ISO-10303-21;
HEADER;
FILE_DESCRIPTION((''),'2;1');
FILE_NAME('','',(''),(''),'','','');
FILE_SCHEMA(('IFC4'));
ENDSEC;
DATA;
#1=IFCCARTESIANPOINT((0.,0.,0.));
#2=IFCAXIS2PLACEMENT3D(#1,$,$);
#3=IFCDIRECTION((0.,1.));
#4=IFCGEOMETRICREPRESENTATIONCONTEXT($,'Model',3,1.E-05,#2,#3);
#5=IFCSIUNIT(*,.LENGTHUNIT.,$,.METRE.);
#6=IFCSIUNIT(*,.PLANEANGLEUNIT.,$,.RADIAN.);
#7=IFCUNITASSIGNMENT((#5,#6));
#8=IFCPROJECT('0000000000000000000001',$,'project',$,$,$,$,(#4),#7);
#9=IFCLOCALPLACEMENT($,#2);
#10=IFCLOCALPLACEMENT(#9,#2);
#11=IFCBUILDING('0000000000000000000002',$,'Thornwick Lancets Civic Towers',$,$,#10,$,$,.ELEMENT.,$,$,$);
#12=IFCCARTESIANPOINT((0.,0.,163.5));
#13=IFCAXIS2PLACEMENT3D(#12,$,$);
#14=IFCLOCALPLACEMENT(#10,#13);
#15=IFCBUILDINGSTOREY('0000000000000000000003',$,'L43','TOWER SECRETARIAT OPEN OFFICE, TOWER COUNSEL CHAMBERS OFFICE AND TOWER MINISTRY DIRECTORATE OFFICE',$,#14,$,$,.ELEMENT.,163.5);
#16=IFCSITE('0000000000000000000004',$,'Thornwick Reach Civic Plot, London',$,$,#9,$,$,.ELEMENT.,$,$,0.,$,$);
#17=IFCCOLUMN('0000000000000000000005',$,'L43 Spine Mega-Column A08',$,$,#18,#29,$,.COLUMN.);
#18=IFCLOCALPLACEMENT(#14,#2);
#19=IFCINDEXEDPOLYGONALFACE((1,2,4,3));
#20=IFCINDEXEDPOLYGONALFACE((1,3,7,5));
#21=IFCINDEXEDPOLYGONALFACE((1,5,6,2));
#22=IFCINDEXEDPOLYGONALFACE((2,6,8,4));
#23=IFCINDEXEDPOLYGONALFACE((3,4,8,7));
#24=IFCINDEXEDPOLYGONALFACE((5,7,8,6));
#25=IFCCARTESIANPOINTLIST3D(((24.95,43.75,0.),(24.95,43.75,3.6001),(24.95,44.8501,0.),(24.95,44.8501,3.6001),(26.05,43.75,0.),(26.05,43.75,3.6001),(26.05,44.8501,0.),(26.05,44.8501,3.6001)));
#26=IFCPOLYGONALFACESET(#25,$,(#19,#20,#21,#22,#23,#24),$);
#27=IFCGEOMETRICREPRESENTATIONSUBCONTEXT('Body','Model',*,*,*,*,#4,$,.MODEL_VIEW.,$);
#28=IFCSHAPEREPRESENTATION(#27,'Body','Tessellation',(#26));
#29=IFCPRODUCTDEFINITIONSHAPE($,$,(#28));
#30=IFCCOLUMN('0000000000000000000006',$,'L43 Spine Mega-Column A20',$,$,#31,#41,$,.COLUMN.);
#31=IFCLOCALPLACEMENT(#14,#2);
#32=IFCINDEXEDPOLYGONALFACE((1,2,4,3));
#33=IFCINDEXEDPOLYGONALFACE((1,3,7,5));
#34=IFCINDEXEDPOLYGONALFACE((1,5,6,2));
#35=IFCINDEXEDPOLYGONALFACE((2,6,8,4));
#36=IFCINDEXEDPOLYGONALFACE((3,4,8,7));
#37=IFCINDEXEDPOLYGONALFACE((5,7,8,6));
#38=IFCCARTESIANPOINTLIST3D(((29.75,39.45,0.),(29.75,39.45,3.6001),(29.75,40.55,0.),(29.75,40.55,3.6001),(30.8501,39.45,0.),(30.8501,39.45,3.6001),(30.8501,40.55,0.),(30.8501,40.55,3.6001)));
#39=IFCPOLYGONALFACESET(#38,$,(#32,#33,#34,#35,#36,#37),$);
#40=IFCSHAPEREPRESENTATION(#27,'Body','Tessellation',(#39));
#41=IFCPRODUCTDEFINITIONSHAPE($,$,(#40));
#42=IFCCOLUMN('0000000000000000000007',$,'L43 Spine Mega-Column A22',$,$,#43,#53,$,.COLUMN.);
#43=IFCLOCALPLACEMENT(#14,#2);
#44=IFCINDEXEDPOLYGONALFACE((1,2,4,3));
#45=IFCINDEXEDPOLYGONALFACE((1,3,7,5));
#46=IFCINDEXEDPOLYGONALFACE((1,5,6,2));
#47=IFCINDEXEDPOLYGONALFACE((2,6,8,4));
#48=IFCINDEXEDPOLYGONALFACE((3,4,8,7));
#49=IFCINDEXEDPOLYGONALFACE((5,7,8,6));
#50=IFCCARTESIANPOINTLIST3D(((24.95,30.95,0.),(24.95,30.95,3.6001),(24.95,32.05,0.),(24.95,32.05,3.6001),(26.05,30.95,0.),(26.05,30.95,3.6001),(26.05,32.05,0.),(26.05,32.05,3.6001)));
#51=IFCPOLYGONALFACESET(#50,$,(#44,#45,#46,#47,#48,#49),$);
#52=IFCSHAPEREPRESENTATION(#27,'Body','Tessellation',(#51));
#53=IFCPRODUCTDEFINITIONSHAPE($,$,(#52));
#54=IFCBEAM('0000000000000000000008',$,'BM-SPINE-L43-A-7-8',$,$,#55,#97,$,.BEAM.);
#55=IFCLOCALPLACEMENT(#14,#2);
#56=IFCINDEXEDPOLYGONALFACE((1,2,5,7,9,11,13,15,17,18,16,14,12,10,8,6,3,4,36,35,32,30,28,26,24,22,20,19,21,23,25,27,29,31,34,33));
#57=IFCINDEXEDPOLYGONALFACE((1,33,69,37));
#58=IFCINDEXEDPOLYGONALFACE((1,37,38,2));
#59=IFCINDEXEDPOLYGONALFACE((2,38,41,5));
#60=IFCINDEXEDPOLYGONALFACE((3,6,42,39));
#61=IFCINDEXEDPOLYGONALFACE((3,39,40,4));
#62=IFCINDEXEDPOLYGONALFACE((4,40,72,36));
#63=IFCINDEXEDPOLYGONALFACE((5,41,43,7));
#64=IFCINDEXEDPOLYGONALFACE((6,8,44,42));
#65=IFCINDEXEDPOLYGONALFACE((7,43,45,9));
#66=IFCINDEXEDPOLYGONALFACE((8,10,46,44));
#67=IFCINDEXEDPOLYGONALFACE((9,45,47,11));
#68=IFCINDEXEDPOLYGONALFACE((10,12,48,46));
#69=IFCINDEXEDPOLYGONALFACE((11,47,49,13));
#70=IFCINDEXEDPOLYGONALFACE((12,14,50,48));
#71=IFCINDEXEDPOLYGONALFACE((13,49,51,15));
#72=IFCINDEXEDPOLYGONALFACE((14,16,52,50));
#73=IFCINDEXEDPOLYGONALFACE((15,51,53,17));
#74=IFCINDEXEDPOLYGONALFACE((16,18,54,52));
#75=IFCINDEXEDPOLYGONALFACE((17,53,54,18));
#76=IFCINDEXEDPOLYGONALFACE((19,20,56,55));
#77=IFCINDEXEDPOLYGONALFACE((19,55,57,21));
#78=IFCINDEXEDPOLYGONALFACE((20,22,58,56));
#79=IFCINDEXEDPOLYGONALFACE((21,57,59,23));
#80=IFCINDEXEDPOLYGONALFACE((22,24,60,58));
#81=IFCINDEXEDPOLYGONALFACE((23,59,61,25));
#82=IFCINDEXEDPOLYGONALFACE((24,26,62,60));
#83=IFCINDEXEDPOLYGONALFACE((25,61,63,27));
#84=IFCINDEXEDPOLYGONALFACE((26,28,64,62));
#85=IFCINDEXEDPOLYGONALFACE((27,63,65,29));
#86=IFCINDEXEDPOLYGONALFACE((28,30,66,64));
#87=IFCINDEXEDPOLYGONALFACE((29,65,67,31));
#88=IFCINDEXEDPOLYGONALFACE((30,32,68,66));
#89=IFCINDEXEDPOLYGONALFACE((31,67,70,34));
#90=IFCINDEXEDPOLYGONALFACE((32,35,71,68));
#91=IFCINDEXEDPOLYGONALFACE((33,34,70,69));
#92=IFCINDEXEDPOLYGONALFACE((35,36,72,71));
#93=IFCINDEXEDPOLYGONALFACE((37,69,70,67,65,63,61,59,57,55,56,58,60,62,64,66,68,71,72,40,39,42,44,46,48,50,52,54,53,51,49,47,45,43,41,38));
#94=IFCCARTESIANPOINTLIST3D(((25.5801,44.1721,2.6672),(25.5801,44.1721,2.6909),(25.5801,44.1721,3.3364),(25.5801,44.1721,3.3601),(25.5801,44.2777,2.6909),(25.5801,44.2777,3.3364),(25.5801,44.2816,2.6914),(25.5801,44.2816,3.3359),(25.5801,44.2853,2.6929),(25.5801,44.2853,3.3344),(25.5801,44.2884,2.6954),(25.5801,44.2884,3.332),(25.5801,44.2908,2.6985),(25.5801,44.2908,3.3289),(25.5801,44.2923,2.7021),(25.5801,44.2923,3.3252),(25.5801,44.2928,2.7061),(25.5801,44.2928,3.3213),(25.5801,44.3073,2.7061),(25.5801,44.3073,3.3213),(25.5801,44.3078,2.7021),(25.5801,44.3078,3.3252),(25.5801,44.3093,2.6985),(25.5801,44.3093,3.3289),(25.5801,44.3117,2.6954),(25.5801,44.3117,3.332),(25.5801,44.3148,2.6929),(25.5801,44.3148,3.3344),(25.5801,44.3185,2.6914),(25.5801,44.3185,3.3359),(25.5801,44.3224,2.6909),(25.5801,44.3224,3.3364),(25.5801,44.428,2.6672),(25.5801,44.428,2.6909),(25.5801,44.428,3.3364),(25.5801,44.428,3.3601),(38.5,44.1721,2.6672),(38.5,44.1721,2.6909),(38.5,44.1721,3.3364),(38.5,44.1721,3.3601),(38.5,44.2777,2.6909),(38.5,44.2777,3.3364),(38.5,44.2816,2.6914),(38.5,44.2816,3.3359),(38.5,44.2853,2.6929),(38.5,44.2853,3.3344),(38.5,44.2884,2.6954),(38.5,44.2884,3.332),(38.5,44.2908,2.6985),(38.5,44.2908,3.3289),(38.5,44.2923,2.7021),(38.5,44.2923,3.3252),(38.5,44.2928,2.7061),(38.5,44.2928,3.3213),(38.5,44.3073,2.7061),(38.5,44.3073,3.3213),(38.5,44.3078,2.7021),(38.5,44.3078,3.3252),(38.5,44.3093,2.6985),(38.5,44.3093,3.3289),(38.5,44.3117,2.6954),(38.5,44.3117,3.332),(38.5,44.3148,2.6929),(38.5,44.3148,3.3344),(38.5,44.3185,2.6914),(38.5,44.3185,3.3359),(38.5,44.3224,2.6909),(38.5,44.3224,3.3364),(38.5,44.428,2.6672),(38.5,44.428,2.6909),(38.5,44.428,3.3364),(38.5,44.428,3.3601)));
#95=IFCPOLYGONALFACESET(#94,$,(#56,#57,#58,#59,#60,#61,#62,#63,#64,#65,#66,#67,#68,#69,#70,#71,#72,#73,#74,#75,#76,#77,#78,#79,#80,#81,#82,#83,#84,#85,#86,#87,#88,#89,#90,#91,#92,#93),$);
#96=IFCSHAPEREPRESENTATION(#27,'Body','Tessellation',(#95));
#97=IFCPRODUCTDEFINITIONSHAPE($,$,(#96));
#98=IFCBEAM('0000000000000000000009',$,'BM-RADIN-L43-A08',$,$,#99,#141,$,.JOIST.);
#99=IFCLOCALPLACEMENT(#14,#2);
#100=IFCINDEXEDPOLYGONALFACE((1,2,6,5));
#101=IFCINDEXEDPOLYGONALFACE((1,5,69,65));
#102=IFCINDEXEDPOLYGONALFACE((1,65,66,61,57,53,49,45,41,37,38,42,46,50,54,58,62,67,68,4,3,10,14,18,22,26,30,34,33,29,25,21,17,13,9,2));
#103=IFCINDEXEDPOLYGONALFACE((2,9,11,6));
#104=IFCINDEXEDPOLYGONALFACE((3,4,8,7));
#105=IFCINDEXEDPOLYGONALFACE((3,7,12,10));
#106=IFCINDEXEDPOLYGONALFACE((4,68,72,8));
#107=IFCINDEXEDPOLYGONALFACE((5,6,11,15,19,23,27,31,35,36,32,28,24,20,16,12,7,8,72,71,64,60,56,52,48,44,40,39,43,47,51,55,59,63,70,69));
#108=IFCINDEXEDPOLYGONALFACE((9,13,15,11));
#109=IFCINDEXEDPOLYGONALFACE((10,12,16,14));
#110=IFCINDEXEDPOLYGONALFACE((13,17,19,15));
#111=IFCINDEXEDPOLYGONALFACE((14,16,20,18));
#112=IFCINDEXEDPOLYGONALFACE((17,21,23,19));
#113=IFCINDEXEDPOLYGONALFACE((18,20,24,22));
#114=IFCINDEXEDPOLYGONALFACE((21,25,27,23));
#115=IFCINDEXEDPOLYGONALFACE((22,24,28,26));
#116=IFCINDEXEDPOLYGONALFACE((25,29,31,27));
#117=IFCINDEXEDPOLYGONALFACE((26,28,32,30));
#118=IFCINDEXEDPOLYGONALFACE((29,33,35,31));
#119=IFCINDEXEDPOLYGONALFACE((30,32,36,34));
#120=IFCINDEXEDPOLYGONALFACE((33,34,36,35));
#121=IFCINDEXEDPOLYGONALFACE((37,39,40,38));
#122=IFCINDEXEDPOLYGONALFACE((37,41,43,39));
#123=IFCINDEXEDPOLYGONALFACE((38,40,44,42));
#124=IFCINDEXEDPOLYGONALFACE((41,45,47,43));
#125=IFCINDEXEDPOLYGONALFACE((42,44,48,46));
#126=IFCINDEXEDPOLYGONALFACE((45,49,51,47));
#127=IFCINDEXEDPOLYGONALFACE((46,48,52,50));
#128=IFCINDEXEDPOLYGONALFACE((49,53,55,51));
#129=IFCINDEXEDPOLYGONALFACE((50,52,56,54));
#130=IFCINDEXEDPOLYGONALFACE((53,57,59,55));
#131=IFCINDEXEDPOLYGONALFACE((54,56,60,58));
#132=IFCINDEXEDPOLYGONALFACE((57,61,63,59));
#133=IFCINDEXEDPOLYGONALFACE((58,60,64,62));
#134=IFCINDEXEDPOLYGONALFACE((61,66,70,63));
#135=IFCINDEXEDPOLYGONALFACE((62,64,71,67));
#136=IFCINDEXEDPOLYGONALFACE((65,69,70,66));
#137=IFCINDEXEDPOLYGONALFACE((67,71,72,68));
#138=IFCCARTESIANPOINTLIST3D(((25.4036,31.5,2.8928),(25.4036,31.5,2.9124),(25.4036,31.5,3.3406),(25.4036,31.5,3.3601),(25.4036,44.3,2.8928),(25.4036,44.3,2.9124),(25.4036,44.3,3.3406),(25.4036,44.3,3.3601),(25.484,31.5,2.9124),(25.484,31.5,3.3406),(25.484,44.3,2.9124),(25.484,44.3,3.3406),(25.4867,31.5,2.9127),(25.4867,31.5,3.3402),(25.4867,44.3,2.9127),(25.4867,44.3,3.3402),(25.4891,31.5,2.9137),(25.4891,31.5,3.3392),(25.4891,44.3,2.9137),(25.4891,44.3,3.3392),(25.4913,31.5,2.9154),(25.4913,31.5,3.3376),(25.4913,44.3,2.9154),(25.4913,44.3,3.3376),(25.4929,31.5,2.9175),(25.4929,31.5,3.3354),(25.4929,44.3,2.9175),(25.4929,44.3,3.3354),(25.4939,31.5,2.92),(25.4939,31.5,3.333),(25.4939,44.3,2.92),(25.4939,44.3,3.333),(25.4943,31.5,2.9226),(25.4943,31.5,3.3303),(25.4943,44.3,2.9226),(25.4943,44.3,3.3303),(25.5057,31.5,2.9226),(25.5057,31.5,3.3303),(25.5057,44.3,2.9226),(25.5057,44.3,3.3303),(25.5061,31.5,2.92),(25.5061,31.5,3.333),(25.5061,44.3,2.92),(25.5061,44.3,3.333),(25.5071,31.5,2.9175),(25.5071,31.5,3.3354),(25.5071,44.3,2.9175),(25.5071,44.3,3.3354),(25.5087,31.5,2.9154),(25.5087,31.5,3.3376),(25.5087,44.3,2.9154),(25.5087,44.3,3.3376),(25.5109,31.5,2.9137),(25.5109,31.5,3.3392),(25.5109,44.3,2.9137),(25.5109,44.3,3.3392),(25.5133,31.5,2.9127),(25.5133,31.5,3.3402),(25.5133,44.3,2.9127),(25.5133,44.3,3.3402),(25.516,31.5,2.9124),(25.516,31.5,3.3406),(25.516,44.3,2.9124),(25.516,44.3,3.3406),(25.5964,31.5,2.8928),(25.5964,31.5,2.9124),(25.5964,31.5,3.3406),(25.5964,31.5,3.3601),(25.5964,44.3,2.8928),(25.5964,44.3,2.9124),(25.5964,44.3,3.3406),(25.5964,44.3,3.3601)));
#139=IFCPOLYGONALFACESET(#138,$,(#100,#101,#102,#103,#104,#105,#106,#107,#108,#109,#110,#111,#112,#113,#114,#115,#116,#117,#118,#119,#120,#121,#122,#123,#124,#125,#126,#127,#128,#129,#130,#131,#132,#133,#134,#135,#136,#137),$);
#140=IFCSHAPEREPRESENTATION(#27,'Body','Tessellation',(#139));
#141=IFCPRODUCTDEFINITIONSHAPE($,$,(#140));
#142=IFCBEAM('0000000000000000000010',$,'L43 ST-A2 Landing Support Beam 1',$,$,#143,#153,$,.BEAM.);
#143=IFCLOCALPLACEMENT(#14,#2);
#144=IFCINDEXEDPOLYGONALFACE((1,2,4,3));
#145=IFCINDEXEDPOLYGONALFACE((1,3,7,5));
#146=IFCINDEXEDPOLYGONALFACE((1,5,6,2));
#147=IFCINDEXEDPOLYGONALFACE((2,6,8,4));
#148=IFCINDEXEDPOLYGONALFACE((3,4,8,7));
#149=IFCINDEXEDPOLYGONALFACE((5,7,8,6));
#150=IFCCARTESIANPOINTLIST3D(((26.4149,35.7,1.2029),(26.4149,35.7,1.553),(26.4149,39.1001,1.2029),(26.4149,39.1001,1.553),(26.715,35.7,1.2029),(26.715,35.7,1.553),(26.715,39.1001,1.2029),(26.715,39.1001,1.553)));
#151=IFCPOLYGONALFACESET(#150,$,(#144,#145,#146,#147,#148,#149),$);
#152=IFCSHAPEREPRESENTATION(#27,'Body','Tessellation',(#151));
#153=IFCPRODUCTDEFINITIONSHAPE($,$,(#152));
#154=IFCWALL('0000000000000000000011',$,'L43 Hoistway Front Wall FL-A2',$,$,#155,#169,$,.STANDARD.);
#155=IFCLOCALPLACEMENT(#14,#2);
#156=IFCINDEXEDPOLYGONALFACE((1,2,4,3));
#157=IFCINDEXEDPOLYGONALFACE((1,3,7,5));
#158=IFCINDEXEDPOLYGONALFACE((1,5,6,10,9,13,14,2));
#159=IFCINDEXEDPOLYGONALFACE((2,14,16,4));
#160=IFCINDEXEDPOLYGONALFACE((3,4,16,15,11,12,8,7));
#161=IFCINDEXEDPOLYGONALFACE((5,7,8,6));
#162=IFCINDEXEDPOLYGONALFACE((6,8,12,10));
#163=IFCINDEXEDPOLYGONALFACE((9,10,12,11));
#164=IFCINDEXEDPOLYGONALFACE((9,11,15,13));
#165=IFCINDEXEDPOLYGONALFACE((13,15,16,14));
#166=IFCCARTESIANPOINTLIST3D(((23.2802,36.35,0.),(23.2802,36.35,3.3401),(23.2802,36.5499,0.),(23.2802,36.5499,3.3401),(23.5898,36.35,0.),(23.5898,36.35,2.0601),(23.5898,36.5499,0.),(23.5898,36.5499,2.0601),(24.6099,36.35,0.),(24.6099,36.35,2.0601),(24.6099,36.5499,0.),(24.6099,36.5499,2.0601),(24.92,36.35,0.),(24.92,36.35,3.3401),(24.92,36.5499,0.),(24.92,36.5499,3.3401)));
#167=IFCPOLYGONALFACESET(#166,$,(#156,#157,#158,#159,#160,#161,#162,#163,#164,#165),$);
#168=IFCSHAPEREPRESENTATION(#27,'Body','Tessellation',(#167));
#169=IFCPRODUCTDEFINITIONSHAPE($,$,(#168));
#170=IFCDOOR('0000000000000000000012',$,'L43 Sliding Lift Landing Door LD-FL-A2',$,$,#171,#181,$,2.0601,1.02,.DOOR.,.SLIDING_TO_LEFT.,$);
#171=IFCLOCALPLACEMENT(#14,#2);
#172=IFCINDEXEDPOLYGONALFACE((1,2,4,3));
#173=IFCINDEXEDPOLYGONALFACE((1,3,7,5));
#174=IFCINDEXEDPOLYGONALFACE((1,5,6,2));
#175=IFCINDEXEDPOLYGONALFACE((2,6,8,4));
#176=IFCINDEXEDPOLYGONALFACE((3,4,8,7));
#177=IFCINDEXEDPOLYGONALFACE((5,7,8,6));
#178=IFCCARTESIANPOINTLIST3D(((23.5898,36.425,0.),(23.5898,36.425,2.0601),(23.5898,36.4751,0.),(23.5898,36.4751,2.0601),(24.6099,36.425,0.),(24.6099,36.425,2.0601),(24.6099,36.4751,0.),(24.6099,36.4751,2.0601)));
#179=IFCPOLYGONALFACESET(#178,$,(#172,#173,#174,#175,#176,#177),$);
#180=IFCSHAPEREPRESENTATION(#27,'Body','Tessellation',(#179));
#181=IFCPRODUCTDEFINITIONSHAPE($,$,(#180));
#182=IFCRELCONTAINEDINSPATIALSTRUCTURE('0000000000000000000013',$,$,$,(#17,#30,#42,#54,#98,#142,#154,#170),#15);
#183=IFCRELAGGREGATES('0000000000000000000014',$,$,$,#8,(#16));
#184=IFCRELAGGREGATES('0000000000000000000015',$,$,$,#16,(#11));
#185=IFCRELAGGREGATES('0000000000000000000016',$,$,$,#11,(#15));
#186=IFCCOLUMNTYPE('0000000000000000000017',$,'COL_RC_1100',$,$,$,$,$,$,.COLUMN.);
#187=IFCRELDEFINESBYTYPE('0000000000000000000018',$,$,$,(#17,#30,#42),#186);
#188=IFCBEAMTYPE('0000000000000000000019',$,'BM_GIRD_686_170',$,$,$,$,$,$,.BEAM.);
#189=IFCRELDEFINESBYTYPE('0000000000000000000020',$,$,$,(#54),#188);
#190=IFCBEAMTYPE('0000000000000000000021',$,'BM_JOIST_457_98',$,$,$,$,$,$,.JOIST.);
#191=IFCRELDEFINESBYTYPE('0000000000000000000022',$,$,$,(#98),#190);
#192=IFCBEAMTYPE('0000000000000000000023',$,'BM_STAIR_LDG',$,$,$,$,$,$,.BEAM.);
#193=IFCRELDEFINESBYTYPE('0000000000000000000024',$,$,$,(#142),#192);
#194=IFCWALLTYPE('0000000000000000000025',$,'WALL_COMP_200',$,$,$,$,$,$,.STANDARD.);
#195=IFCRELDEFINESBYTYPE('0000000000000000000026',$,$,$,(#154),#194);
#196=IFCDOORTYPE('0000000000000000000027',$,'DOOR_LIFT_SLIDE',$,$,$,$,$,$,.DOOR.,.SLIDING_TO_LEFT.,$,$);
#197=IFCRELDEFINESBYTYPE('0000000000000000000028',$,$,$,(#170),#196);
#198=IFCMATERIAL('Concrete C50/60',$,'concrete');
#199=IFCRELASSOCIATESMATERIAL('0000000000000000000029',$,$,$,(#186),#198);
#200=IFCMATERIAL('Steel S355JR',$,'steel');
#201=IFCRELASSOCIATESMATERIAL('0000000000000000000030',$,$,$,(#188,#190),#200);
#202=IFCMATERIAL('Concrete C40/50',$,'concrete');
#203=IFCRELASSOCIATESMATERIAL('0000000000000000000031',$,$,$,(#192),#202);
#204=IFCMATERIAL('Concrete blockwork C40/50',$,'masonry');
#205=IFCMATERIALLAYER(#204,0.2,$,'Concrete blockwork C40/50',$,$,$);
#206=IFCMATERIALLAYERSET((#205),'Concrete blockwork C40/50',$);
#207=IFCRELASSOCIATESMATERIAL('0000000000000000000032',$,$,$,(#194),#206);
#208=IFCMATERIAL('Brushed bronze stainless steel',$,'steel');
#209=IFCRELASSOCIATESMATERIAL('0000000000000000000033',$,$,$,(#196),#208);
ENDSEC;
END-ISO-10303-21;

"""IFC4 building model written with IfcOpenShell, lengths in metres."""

from ifc_helpers import new_model, si_unit, direction, frame, frame_2d, origin, origin_2d, place, context, subcontext, project, spatial, rectangle, i_section, extrude, material, layer, layer_set, material_profile, profile_set, type_object, element, fill, save


model = new_model("IFC4")

# Units and contexts
model_context = context("Model", 3, precision=1e-05, world=origin(), true_north=direction((0.0, 1.0)))
body_context = subcontext(model_context, "Body", "Model", "MODEL_VIEW")
ifc_project = project(units=[si_unit("LENGTHUNIT", "METRE"), si_unit("PLANEANGLEUNIT", "RADIAN")], contexts=[model_context])

# Site, building, storey
site_placement = place(None, origin())
site = spatial("IfcSite", under=ifc_project, at=site_placement, Name="Thornwick Reach Civic Plot, London", CompositionType="ELEMENT", RefElevation=0.0)
building_placement = place(site_placement, origin())
building = spatial("IfcBuilding", under=site, at=building_placement, Name="Thornwick Lancets Civic Towers", CompositionType="ELEMENT")
storey_placement = place(building_placement, frame((0.0, 0.0, 163.5)))
storey = spatial("IfcBuildingStorey", under=building, at=storey_placement, Name="L43", Description="TOWER SECRETARIAT OPEN OFFICE, TOWER COUNSEL CHAMBERS OFFICE AND TOWER MINISTRY DIRECTORATE OFFICE", CompositionType="ELEMENT", Elevation=163.5)

# Columns
ifc_material_1 = material(Name="Concrete C50/60", Category="concrete")
ifc_material_profile_1 = material_profile(ifc_material_1, rectangle(XDim=1.1001, YDim=1.1001, at=origin_2d()), Name="RC 1100x1100")
ifc_profile_set_1 = profile_set([ifc_material_profile_1], Name="Concrete C50/60")
column_type = type_object("IfcColumnType", Name="COL_RC_1100", PredefinedType="COLUMN", material=ifc_profile_set_1)
for number, where, z_axis, x_axis, name in (
    (1, (25.5, 44.3, 0.0), (0.0, 0.0, 1.0), (1.0, 0.0, 0.0), "L43 Spine Mega-Column A08"),
    (2, (30.3, 40.0, 0.0), (0.0, 0.0, 1.0), (1.0, 0.0, 0.0), "L43 Spine Mega-Column A20"),
    (3, (25.5, 31.5, 0.0), (0.0, 0.0, 1.0), (1.0, 0.0, 0.0), "L43 Spine Mega-Column A22"),
):
    element("IfcColumn", number, at=place(storey_placement, frame(where, z_axis=z_axis, x_axis=x_axis)), inside=storey, type_object=column_type, Name=name, PredefinedType="COLUMN", context=body_context, shape_type="SweptSolid", body=[
        extrude(rectangle(XDim=1.1001, YDim=1.1001, at=origin_2d()), origin(), (0.0, 0.0, 1.0), 3.6001),
    ])

# Beams
ifc_material_2 = material(Name="Steel S355JR", Category="steel")
ifc_material_profile_2 = material_profile(ifc_material_2, i_section(OverallWidth=0.2559, OverallDepth=0.6929, WebThickness=0.0144, FlangeThickness=0.0237, FilletRadius=0.0151, at=origin_2d()), Name="UKB 686x254x170")
ifc_profile_set_2 = profile_set([ifc_material_profile_2], Name="Steel S355JR")
beam_type_1 = type_object("IfcBeamType", Name="BM_GIRD_686_170", PredefinedType="BEAM", material=ifc_profile_set_2)
beam_1_placement = place(storey_placement, frame((25.5801, 44.3, 3.0137), z_axis=(1.0, 0.0, 0.0), x_axis=(0.0, 1.0, 0.0)))
element("IfcBeam", 4, at=beam_1_placement, inside=storey, type_object=beam_type_1, Name="BM-SPINE-L43-A-7-8", PredefinedType="BEAM", context=body_context, shape_type="SweptSolid", body=[
    extrude(i_section(OverallWidth=0.2559, OverallDepth=0.6929, WebThickness=0.0144, FlangeThickness=0.0237, FilletRadius=0.0151, at=origin_2d()), origin(), (0.0, 0.0, 1.0), 12.9199),
])
ifc_material_profile_3 = material_profile(ifc_material_2, i_section(OverallWidth=0.1929, OverallDepth=0.4673, WebThickness=0.0115, FlangeThickness=0.0195, FilletRadius=0.0103, at=origin_2d()), Name="UKB 457x191x98")
ifc_profile_set_3 = profile_set([ifc_material_profile_3], Name="Steel S355JR")
beam_type_2 = type_object("IfcBeamType", Name="BM_JOIST_457_98", PredefinedType="JOIST", material=ifc_profile_set_3)
beam_2_placement = place(storey_placement, frame((25.5, 31.5, 3.1265), z_axis=(0.0, 1.0, 0.0), x_axis=(-1.0, 0.0, 0.0)))
element("IfcBeam", 5, at=beam_2_placement, inside=storey, type_object=beam_type_2, Name="BM-RADIN-L43-A08", PredefinedType="JOIST", context=body_context, shape_type="SweptSolid", body=[
    extrude(i_section(OverallWidth=0.1929, OverallDepth=0.4673, WebThickness=0.0115, FlangeThickness=0.0195, FilletRadius=0.0103, at=origin_2d()), origin(), (0.0, 0.0, 1.0), 12.8),
])
ifc_material_3 = material(Name="Concrete C40/50", Category="concrete")
ifc_material_profile_4 = material_profile(ifc_material_3, rectangle(XDim=0.3, YDim=0.3501, at=origin_2d()), Name="RC 300x350")
ifc_profile_set_4 = profile_set([ifc_material_profile_4], Name="Concrete C40/50")
beam_type_3 = type_object("IfcBeamType", Name="BM_STAIR_LDG", PredefinedType="BEAM", material=ifc_profile_set_4)
beam_3_placement = place(storey_placement, frame((26.5649, 39.1001, 1.3779), z_axis=(0.0, -1.0, 0.0), x_axis=(1.0, 0.0, 0.0)))
element("IfcBeam", 6, at=beam_3_placement, inside=storey, type_object=beam_type_3, Name="L43 ST-A2 Landing Support Beam 1", PredefinedType="BEAM", context=body_context, shape_type="SweptSolid", body=[
    extrude(rectangle(XDim=0.3, YDim=0.3501, at=origin_2d()), origin(), (0.0, 0.0, 1.0), 3.4001),
])

# Wall, opening, door
ifc_material_4 = material(Name="Concrete blockwork C40/50", Category="masonry")
ifc_layer_1 = layer(ifc_material_4, 0.2, Name="Concrete blockwork C40/50")
ifc_layer_set_1 = layer_set([ifc_layer_1], Name="Concrete blockwork C40/50")
wall_type_1 = type_object("IfcWallType", Name="WALL_COMP_200", PredefinedType="STANDARD", material=ifc_layer_set_1)
wall_1_placement = place(storey_placement, frame((24.9199, 36.45, 0.0), z_axis=(0.0, 0.0, 1.0), x_axis=(-1.0, 0.0, 0.0)))
wall_1 = element("IfcWall", 7, at=wall_1_placement, inside=storey, type_object=wall_type_1, Name="L43 Hoistway Front Wall FL-A2", PredefinedType="STANDARD", context=body_context, shape_type="SweptSolid", body=[
    extrude(rectangle(XDim=1.6399, YDim=0.2, at=frame_2d((0.8198, 0.0))), origin(), (0.0, 0.0, 1.0), 3.3401),
])
opening_1_placement = place(wall_1_placement, frame((0.3101, 0.0, 0.0)))
opening_1 = element("IfcOpeningElement", 8, at=opening_1_placement, cuts=wall_1, PredefinedType="OPENING", context=body_context, shape_type="SweptSolid", body=[
    extrude(rectangle(XDim=1.02, YDim=2.0601, at=frame_2d((0.51, 1.03))), frame((0.0, 0.1099, 0.0), z_axis=(0.0, -1.0, 0.0), x_axis=(1.0, 0.0, 0.0)), (0.0, 0.0, 1.0), 0.22),
])
ifc_material_5 = material(Name="Brushed bronze stainless steel", Category="steel")
door_type_1 = type_object("IfcDoorType", Name="DOOR_LIFT_SLIDE", OperationType="SLIDING_TO_LEFT", PredefinedType="DOOR", material=ifc_material_5)
door_1_placement = place(opening_1_placement, origin())
door_1 = element("IfcDoor", 9, at=door_1_placement, inside=storey, type_object=door_type_1, Name="L43 Sliding Lift Landing Door LD-FL-A2", OperationType="SLIDING_TO_LEFT", OverallHeight=2.0601, OverallWidth=1.02, PredefinedType="DOOR", context=body_context, shape_type="SweptSolid", body=[
    extrude(rectangle(XDim=1.02, YDim=2.0601, at=frame_2d((0.51, 1.03))), frame((0.0, 0.0249, 0.0), z_axis=(0.0, -1.0, 0.0), x_axis=(1.0, 0.0, 0.0)), (0.0, 0.0, 1.0), 0.05),
])
fill(opening_1, door_1)

save(model, "model.ifc")
